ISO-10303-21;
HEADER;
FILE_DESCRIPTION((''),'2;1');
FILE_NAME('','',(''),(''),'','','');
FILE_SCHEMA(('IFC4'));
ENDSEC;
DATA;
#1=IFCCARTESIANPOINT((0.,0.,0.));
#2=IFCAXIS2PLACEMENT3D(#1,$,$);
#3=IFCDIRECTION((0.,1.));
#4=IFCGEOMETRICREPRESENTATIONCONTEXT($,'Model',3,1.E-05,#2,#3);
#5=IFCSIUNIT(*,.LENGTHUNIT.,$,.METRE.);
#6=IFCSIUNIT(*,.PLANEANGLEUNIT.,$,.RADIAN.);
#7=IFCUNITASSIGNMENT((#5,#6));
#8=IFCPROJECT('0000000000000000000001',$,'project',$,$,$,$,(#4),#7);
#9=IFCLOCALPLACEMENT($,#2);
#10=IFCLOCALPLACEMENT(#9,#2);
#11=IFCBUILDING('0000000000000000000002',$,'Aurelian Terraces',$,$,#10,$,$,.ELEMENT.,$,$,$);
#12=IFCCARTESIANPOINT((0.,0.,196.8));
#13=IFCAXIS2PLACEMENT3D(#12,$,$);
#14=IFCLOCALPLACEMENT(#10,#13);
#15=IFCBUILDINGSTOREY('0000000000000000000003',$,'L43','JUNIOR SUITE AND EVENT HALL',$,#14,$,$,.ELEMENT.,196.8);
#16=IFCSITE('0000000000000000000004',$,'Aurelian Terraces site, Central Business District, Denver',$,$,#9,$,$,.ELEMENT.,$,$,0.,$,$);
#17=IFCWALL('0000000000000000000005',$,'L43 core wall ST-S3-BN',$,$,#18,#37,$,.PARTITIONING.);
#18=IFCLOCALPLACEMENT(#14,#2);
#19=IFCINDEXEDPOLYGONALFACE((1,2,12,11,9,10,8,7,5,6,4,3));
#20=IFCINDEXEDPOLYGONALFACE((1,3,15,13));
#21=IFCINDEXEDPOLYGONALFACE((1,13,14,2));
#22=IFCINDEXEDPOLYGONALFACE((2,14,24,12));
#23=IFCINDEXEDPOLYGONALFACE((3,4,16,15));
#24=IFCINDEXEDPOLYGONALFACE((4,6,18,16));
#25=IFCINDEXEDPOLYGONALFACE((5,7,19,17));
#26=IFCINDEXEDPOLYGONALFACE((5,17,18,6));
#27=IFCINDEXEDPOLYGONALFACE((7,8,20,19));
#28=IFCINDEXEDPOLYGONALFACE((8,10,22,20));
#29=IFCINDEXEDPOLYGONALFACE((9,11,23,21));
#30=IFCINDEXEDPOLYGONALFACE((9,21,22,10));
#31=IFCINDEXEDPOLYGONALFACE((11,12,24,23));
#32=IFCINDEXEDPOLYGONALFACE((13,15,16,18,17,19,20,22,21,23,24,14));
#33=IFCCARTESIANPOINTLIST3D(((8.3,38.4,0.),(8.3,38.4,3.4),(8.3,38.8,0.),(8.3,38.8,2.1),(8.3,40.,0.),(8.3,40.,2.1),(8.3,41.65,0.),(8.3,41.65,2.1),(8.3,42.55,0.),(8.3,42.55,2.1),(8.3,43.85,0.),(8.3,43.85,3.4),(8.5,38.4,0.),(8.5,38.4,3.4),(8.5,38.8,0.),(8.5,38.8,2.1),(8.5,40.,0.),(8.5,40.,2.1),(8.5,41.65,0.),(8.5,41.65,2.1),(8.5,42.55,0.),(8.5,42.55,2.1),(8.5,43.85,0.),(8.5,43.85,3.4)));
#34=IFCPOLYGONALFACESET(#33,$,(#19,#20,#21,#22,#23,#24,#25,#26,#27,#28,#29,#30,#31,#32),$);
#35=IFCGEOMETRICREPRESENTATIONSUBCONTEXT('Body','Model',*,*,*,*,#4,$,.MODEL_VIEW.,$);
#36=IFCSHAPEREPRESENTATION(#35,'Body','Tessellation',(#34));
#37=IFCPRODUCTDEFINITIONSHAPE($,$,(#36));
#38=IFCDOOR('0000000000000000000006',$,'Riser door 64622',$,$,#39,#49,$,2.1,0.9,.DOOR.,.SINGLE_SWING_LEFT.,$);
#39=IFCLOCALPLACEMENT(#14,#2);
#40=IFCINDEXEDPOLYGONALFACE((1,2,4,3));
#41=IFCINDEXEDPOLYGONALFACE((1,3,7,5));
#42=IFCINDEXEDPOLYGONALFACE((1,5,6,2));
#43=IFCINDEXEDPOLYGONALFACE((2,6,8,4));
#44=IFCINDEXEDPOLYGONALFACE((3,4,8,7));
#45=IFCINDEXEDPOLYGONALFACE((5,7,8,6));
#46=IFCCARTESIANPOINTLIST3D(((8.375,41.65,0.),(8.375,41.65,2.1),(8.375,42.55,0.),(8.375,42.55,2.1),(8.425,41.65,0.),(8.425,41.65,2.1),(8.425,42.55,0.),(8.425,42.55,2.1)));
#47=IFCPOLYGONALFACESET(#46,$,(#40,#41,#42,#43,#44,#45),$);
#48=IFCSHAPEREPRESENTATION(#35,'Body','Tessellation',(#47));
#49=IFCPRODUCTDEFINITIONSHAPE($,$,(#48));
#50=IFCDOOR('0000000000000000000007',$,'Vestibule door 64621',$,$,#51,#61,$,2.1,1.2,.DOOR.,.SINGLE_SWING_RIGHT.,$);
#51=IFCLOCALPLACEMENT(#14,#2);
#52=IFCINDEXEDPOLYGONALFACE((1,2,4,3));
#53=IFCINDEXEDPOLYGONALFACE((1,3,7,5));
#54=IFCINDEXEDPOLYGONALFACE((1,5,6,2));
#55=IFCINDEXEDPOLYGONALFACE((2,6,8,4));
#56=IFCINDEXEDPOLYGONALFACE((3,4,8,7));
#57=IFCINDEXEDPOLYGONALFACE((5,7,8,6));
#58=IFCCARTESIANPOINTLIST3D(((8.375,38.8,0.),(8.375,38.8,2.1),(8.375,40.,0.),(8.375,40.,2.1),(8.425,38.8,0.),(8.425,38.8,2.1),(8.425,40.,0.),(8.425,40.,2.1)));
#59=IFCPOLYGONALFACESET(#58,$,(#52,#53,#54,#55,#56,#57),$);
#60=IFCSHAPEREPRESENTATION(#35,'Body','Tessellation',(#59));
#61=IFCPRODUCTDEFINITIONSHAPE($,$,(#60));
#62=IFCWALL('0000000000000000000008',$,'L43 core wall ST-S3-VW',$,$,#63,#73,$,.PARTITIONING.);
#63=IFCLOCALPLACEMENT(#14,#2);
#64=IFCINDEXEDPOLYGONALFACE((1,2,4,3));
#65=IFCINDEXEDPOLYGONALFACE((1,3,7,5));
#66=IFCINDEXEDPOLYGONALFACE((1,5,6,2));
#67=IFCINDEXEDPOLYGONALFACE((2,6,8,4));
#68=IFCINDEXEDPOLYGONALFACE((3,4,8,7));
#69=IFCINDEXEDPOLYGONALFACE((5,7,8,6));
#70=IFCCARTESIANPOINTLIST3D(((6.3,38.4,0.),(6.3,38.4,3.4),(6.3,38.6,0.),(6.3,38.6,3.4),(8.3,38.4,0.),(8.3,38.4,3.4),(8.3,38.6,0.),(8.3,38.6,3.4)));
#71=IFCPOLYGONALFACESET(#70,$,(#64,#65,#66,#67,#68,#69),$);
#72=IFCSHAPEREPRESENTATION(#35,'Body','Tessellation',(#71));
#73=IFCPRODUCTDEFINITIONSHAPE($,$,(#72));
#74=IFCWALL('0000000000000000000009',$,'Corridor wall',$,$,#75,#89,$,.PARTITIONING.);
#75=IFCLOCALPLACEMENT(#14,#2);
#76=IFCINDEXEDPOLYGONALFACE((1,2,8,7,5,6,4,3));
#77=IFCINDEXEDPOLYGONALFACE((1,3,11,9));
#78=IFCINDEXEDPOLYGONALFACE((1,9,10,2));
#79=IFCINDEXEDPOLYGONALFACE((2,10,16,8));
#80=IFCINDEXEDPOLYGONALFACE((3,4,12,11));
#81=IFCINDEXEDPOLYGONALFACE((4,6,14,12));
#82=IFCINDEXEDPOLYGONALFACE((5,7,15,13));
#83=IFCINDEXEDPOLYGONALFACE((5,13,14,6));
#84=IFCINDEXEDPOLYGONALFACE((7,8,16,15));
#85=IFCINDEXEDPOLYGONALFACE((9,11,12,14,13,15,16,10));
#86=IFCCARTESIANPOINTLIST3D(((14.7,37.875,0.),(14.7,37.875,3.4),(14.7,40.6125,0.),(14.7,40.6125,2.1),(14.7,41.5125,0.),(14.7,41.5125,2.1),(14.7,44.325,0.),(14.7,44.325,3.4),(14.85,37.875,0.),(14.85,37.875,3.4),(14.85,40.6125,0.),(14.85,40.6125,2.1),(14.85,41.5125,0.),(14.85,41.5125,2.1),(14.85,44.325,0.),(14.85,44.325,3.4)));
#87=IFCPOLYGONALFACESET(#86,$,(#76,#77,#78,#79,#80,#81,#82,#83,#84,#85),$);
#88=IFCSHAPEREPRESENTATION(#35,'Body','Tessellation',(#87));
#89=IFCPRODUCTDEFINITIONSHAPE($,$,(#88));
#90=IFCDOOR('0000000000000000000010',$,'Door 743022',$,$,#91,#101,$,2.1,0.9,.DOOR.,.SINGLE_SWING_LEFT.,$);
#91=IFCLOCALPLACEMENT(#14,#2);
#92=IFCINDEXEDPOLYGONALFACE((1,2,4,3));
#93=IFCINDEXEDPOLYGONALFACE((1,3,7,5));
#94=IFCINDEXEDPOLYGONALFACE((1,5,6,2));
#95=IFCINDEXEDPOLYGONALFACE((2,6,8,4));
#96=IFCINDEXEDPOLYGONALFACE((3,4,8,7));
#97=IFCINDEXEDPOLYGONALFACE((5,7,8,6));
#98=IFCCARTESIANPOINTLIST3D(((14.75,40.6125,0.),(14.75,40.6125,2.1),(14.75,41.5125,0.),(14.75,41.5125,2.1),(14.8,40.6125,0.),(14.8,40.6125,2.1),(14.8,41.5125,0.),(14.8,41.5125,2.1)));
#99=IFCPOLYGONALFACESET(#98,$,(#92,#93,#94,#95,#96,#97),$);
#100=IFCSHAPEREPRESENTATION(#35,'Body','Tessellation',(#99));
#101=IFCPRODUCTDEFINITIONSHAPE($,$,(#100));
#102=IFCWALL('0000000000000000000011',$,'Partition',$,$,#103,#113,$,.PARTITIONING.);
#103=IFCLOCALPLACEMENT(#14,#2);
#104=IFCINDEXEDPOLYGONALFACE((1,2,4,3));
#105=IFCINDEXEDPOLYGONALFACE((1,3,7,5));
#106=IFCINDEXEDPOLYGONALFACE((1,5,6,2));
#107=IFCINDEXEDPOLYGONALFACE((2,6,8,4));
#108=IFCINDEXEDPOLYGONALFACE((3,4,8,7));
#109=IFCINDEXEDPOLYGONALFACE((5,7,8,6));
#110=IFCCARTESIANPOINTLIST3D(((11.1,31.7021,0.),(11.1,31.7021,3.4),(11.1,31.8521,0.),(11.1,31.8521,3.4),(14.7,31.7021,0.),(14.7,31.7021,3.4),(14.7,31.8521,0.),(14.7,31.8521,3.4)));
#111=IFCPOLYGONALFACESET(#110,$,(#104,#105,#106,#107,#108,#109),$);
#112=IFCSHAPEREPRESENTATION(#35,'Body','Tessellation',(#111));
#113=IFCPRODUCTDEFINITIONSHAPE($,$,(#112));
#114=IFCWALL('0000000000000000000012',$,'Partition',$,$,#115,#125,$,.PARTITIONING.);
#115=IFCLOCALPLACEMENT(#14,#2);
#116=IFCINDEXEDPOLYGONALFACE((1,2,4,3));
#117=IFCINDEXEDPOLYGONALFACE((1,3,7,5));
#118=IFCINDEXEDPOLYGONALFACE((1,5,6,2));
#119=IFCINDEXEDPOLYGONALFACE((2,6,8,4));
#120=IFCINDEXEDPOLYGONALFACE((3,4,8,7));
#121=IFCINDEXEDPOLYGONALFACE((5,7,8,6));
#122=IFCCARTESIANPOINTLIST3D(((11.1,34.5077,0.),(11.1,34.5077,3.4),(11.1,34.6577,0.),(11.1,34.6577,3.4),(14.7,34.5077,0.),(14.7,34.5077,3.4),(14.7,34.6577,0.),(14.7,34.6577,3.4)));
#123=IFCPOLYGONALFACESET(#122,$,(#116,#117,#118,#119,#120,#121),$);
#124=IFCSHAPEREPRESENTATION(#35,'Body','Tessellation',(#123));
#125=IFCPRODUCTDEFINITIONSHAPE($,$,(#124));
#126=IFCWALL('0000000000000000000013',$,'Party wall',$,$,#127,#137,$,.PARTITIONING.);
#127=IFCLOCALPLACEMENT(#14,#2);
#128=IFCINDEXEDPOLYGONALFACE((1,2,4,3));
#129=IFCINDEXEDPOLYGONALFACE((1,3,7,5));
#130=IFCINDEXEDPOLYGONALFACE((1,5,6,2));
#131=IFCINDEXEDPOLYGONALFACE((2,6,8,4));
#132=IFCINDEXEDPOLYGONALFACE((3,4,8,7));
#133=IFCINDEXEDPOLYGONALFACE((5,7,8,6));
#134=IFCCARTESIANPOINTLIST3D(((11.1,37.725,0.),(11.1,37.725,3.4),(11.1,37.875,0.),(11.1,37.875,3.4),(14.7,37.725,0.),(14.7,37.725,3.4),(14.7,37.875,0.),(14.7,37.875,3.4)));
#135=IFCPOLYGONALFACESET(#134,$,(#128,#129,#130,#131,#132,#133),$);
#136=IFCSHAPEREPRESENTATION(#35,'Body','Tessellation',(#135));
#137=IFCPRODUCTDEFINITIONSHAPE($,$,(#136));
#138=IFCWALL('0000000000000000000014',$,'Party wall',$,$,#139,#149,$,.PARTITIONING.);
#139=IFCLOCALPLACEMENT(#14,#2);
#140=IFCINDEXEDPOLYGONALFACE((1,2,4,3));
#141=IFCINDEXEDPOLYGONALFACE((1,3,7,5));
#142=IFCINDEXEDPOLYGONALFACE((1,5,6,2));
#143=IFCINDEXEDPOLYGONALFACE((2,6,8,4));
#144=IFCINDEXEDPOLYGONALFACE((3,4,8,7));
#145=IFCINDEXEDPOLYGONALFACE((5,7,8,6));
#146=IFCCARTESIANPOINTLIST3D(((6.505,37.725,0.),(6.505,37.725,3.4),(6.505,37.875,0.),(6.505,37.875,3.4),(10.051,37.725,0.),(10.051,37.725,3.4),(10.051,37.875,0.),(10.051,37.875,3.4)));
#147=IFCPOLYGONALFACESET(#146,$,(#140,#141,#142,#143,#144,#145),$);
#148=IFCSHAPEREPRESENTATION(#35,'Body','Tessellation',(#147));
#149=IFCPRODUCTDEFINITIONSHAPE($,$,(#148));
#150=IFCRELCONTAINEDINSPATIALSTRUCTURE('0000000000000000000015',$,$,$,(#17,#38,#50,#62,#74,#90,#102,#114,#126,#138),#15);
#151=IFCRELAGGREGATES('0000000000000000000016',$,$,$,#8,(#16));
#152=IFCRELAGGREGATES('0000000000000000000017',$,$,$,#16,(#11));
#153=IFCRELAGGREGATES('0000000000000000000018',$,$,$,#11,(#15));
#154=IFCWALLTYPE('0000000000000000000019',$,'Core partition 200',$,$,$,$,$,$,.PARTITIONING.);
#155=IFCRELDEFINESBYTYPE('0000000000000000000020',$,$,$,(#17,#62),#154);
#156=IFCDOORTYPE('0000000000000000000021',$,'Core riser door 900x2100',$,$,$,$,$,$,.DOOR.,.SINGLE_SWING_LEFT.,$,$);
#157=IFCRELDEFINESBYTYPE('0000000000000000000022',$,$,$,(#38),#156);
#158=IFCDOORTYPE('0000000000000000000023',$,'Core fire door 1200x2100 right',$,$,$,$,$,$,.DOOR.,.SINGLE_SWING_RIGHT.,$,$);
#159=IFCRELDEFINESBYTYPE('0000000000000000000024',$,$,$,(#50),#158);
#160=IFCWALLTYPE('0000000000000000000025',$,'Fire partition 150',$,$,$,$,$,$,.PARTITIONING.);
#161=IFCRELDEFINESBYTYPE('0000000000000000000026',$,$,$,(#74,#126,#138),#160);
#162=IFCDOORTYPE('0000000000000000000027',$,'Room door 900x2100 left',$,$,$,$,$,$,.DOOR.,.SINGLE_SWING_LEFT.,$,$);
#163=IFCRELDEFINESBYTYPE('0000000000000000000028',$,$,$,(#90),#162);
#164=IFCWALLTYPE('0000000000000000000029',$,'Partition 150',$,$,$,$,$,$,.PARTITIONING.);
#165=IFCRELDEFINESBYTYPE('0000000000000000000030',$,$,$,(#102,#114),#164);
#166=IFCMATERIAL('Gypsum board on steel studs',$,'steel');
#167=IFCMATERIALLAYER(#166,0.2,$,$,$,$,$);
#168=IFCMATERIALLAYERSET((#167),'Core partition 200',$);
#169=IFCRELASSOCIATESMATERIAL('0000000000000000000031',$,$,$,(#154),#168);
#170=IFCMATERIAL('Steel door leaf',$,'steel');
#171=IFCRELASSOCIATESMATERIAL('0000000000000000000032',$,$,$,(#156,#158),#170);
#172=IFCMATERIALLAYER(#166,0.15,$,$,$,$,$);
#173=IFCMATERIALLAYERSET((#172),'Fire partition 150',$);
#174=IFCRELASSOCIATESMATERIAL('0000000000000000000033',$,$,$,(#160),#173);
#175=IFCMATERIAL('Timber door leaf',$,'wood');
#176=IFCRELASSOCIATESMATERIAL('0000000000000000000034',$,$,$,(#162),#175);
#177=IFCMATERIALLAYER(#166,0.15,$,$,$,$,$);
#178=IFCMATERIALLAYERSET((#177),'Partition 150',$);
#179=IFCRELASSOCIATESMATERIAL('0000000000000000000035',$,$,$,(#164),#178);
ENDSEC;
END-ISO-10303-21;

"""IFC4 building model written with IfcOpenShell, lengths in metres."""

from ifc_helpers import new_model, si_unit, direction, frame, frame_2d, origin, place, context, subcontext, project, spatial, rectangle, extrude, source, transform, mapped, material, layer, layer_set, type_object, element, fill, save


model = new_model("IFC4")

# Units and contexts
model_context = context("Model", 3, precision=1e-05, world=origin(), true_north=direction((0.0, 1.0)))
body_context = subcontext(model_context, "Body", "Model", "MODEL_VIEW")
ifc_project = project(units=[si_unit("LENGTHUNIT", "METRE"), si_unit("PLANEANGLEUNIT", "RADIAN")], contexts=[model_context])

# Site, building, storey
site_placement = place(None, origin())
site = spatial("IfcSite", under=ifc_project, at=site_placement, Name="Aurelian Terraces site, Central Business District, Denver", CompositionType="ELEMENT", RefElevation=0.0)
building_placement = place(site_placement, origin())
building = spatial("IfcBuilding", under=site, at=building_placement, Name="Aurelian Terraces", CompositionType="ELEMENT")
storey_placement = place(building_placement, frame((0.0, 0.0, 196.8)))
storey = spatial("IfcBuildingStorey", under=building, at=storey_placement, Name="L43", Description="JUNIOR SUITE AND EVENT HALL", CompositionType="ELEMENT", Elevation=196.8)

# Shared definitions
ifc_material_1 = material(Name="Timber door leaf", Category="wood")

# Wall, openings, doors
ifc_material_2 = material(Name="Gypsum board on steel studs", Category="steel")
ifc_layer_1 = layer(ifc_material_2, 0.2)
ifc_layer_set_1 = layer_set([ifc_layer_1], Name="Core partition 200")
wall_type_1 = type_object("IfcWallType", Name="Core partition 200", PredefinedType="PARTITIONING", material=ifc_layer_set_1)
shared_shape_1 = source(origin(), body_context, "Body", "SweptSolid", [
    extrude(rectangle(XDim=5.45, YDim=0.2, at=frame_2d((2.725, 0.0))), origin(), (0.0, 0.0, 1.0), 3.4),
])
wall_1_placement = place(storey_placement, frame((8.4, 38.4, 0.0), z_axis=(0.0, 0.0, 1.0), x_axis=(0.0, 1.0, 0.0)))
wall_1 = element("IfcWall", 1, at=wall_1_placement, inside=storey, type_object=wall_type_1, Name="L43 core wall ST-S3-BN", PredefinedType="PARTITIONING", context=body_context, shape_type="MappedRepresentation", body=[
    mapped(shared_shape_1, transform((0.0, 0.0, 0.0), scale=1.0)),
])
shared_shape_2 = source(origin(), body_context, "Body", "SweptSolid", [
    extrude(rectangle(XDim=1.2, YDim=2.1, at=frame_2d((0.6, 1.05))), frame((0.0, 0.11, 0.0), z_axis=(0.0, -1.0, 0.0), x_axis=(1.0, 0.0, 0.0)), (0.0, 0.0, 1.0), 0.22),
])
opening_1_placement = place(wall_1_placement, frame((0.4, 0.0, 0.0)))
opening_1 = element("IfcOpeningElement", 2, at=opening_1_placement, cuts=wall_1, PredefinedType="OPENING", context=body_context, shape_type="MappedRepresentation", body=[
    mapped(shared_shape_2, transform((0.0, 0.0, 0.0), scale=1.0)),
])
shared_shape_3 = source(origin(), body_context, "Body", "SweptSolid", [
    extrude(rectangle(XDim=0.9, YDim=2.1, at=frame_2d((0.45, 1.05))), frame((0.0, 0.11, 0.0), z_axis=(0.0, -1.0, 0.0), x_axis=(1.0, 0.0, 0.0)), (0.0, 0.0, 1.0), 0.22),
])
opening_2_placement = place(wall_1_placement, frame((3.25, 0.0, 0.0)))
opening_2 = element("IfcOpeningElement", 3, at=opening_2_placement, cuts=wall_1, PredefinedType="OPENING", context=body_context, shape_type="MappedRepresentation", body=[
    mapped(shared_shape_3, transform((0.0, 0.0, 0.0), scale=1.0)),
])
ifc_material_3 = material(Name="Steel door leaf", Category="steel")
door_type_1 = type_object("IfcDoorType", Name="Core riser door 900x2100", OperationType="SINGLE_SWING_LEFT", PredefinedType="DOOR", material=ifc_material_3)
shared_shape_4 = source(origin(), body_context, "Body", "SweptSolid", [
    extrude(rectangle(XDim=0.9, YDim=2.1, at=frame_2d((0.45, 1.05))), frame((0.0, 0.025, 0.0), z_axis=(0.0, -1.0, 0.0), x_axis=(1.0, 0.0, 0.0)), (0.0, 0.0, 1.0), 0.05),
])
door_1_placement = place(opening_2_placement, origin())
door_1 = element("IfcDoor", 4, at=door_1_placement, inside=storey, type_object=door_type_1, Name="Riser door 64622", OperationType="SINGLE_SWING_LEFT", OverallHeight=2.1, OverallWidth=0.9, PredefinedType="DOOR", context=body_context, shape_type="MappedRepresentation", body=[
    mapped(shared_shape_4, transform((0.0, 0.0, 0.0), scale=1.0)),
])
fill(opening_2, door_1)
door_type_2 = type_object("IfcDoorType", Name="Core fire door 1200x2100 right", OperationType="SINGLE_SWING_RIGHT", PredefinedType="DOOR", material=ifc_material_3)
shared_shape_5 = source(origin(), body_context, "Body", "SweptSolid", [
    extrude(rectangle(XDim=1.2, YDim=2.1, at=frame_2d((0.6, 1.05))), frame((0.0, 0.025, 0.0), z_axis=(0.0, -1.0, 0.0), x_axis=(1.0, 0.0, 0.0)), (0.0, 0.0, 1.0), 0.05),
])
door_2_placement = place(opening_1_placement, origin())
door_2 = element("IfcDoor", 5, at=door_2_placement, inside=storey, type_object=door_type_2, Name="Vestibule door 64621", OperationType="SINGLE_SWING_RIGHT", OverallHeight=2.1, OverallWidth=1.2, PredefinedType="DOOR", context=body_context, shape_type="MappedRepresentation", body=[
    mapped(shared_shape_5, transform((0.0, 0.0, 0.0), scale=1.0)),
])
fill(opening_1, door_2)

# Wall
shared_shape_6 = source(origin(), body_context, "Body", "SweptSolid", [
    extrude(rectangle(XDim=2.0, YDim=0.2, at=frame_2d((1.0, 0.0))), origin(), (0.0, 0.0, 1.0), 3.4),
])
wall_2_placement = place(storey_placement, frame((6.3, 38.5, 0.0), z_axis=(0.0, 0.0, 1.0), x_axis=(1.0, 0.0, 0.0)))
element("IfcWall", 6, at=wall_2_placement, inside=storey, type_object=wall_type_1, Name="L43 core wall ST-S3-VW", PredefinedType="PARTITIONING", context=body_context, shape_type="MappedRepresentation", body=[
    mapped(shared_shape_6, transform((0.0, 0.0, 0.0), scale=1.0)),
])

# Wall, opening, door
ifc_layer_2 = layer(ifc_material_2, 0.15)
ifc_layer_set_2 = layer_set([ifc_layer_2], Name="Fire partition 150")
wall_type_2 = type_object("IfcWallType", Name="Fire partition 150", PredefinedType="PARTITIONING", material=ifc_layer_set_2)
shared_shape_7 = source(origin(), body_context, "Body", "SweptSolid", [
    extrude(rectangle(XDim=6.45, YDim=0.15, at=frame_2d((3.225, 0.0))), origin(), (0.0, 0.0, 1.0), 3.4),
])
wall_3_placement = place(storey_placement, frame((14.775, 37.875, 0.0), z_axis=(0.0, 0.0, 1.0), x_axis=(0.0, 1.0, 0.0)))
wall_3 = element("IfcWall", 7, at=wall_3_placement, inside=storey, type_object=wall_type_2, Name="Corridor wall", PredefinedType="PARTITIONING", context=body_context, shape_type="MappedRepresentation", body=[
    mapped(shared_shape_7, transform((0.0, 0.0, 0.0), scale=1.0)),
])
shared_shape_8 = source(origin(), body_context, "Body", "SweptSolid", [
    extrude(rectangle(XDim=0.9, YDim=2.1, at=frame_2d((0.45, 1.05))), frame((0.0, 0.085, 0.0), z_axis=(0.0, -1.0, 0.0), x_axis=(1.0, 0.0, 0.0)), (0.0, 0.0, 1.0), 0.17),
])
opening_3_placement = place(wall_3_placement, frame((2.7375, 0.0, 0.0)))
opening_3 = element("IfcOpeningElement", 8, at=opening_3_placement, cuts=wall_3, PredefinedType="OPENING", context=body_context, shape_type="MappedRepresentation", body=[
    mapped(shared_shape_8, transform((0.0, 0.0, 0.0), scale=1.0)),
])
door_type_3 = type_object("IfcDoorType", Name="Room door 900x2100 left", OperationType="SINGLE_SWING_LEFT", PredefinedType="DOOR", material=ifc_material_1)
door_3_placement = place(opening_3_placement, origin())
door_3 = element("IfcDoor", 9, at=door_3_placement, inside=storey, type_object=door_type_3, Name="Door 743022", OperationType="SINGLE_SWING_LEFT", OverallHeight=2.1, OverallWidth=0.9, PredefinedType="DOOR", context=body_context, shape_type="MappedRepresentation", body=[
    mapped(shared_shape_4, transform((0.0, 0.0, 0.0), scale=1.0)),
])
fill(opening_3, door_3)

# Walls
ifc_layer_3 = layer(ifc_material_2, 0.15)
ifc_layer_set_3 = layer_set([ifc_layer_3], Name="Partition 150")
wall_type_3 = type_object("IfcWallType", Name="Partition 150", PredefinedType="PARTITIONING", material=ifc_layer_set_3)
shared_shape_9 = source(origin(), body_context, "Body", "SweptSolid", [
    extrude(rectangle(XDim=3.6, YDim=0.15, at=frame_2d((1.8, 0.0))), origin(), (0.0, 0.0, 1.0), 3.4),
])
for number, where, z_axis, x_axis, name in (
    (10, (14.7, 31.7771, 0.0), (0.0, 0.0, 1.0), (-1.0, 0.0, 0.0), "Partition"),
    (11, (14.7, 34.5827, 0.0), (0.0, 0.0, 1.0), (-1.0, 0.0, 0.0), "Partition"),
):
    element("IfcWall", number, at=place(storey_placement, frame(where, z_axis=z_axis, x_axis=x_axis)), inside=storey, type_object=wall_type_3, Name=name, PredefinedType="PARTITIONING", context=body_context, shape_type="MappedRepresentation", body=[
        mapped(shared_shape_9, transform((0.0, 0.0, 0.0), scale=1.0)),
    ])
wall_4_placement = place(storey_placement, frame((14.7, 37.8, 0.0), z_axis=(0.0, 0.0, 1.0), x_axis=(-1.0, 0.0, 0.0)))
element("IfcWall", 12, at=wall_4_placement, inside=storey, type_object=wall_type_2, Name="Party wall", PredefinedType="PARTITIONING", context=body_context, shape_type="MappedRepresentation", body=[
    mapped(shared_shape_9, transform((0.0, 0.0, 0.0), scale=1.0)),
])
shared_shape_10 = source(origin(), body_context, "Body", "SweptSolid", [
    extrude(rectangle(XDim=3.546, YDim=0.15, at=frame_2d((1.773, 0.0))), origin(), (0.0, 0.0, 1.0), 3.4),
])
wall_5_placement = place(storey_placement, frame((10.051, 37.8, 0.0), z_axis=(0.0, 0.0, 1.0), x_axis=(-1.0, 0.0, 0.0)))
element("IfcWall", 13, at=wall_5_placement, inside=storey, type_object=wall_type_2, Name="Party wall", PredefinedType="PARTITIONING", context=body_context, shape_type="MappedRepresentation", body=[
    mapped(shared_shape_10, transform((0.0, 0.0, 0.0), scale=1.0)),
])

save(model, "model.ifc")
